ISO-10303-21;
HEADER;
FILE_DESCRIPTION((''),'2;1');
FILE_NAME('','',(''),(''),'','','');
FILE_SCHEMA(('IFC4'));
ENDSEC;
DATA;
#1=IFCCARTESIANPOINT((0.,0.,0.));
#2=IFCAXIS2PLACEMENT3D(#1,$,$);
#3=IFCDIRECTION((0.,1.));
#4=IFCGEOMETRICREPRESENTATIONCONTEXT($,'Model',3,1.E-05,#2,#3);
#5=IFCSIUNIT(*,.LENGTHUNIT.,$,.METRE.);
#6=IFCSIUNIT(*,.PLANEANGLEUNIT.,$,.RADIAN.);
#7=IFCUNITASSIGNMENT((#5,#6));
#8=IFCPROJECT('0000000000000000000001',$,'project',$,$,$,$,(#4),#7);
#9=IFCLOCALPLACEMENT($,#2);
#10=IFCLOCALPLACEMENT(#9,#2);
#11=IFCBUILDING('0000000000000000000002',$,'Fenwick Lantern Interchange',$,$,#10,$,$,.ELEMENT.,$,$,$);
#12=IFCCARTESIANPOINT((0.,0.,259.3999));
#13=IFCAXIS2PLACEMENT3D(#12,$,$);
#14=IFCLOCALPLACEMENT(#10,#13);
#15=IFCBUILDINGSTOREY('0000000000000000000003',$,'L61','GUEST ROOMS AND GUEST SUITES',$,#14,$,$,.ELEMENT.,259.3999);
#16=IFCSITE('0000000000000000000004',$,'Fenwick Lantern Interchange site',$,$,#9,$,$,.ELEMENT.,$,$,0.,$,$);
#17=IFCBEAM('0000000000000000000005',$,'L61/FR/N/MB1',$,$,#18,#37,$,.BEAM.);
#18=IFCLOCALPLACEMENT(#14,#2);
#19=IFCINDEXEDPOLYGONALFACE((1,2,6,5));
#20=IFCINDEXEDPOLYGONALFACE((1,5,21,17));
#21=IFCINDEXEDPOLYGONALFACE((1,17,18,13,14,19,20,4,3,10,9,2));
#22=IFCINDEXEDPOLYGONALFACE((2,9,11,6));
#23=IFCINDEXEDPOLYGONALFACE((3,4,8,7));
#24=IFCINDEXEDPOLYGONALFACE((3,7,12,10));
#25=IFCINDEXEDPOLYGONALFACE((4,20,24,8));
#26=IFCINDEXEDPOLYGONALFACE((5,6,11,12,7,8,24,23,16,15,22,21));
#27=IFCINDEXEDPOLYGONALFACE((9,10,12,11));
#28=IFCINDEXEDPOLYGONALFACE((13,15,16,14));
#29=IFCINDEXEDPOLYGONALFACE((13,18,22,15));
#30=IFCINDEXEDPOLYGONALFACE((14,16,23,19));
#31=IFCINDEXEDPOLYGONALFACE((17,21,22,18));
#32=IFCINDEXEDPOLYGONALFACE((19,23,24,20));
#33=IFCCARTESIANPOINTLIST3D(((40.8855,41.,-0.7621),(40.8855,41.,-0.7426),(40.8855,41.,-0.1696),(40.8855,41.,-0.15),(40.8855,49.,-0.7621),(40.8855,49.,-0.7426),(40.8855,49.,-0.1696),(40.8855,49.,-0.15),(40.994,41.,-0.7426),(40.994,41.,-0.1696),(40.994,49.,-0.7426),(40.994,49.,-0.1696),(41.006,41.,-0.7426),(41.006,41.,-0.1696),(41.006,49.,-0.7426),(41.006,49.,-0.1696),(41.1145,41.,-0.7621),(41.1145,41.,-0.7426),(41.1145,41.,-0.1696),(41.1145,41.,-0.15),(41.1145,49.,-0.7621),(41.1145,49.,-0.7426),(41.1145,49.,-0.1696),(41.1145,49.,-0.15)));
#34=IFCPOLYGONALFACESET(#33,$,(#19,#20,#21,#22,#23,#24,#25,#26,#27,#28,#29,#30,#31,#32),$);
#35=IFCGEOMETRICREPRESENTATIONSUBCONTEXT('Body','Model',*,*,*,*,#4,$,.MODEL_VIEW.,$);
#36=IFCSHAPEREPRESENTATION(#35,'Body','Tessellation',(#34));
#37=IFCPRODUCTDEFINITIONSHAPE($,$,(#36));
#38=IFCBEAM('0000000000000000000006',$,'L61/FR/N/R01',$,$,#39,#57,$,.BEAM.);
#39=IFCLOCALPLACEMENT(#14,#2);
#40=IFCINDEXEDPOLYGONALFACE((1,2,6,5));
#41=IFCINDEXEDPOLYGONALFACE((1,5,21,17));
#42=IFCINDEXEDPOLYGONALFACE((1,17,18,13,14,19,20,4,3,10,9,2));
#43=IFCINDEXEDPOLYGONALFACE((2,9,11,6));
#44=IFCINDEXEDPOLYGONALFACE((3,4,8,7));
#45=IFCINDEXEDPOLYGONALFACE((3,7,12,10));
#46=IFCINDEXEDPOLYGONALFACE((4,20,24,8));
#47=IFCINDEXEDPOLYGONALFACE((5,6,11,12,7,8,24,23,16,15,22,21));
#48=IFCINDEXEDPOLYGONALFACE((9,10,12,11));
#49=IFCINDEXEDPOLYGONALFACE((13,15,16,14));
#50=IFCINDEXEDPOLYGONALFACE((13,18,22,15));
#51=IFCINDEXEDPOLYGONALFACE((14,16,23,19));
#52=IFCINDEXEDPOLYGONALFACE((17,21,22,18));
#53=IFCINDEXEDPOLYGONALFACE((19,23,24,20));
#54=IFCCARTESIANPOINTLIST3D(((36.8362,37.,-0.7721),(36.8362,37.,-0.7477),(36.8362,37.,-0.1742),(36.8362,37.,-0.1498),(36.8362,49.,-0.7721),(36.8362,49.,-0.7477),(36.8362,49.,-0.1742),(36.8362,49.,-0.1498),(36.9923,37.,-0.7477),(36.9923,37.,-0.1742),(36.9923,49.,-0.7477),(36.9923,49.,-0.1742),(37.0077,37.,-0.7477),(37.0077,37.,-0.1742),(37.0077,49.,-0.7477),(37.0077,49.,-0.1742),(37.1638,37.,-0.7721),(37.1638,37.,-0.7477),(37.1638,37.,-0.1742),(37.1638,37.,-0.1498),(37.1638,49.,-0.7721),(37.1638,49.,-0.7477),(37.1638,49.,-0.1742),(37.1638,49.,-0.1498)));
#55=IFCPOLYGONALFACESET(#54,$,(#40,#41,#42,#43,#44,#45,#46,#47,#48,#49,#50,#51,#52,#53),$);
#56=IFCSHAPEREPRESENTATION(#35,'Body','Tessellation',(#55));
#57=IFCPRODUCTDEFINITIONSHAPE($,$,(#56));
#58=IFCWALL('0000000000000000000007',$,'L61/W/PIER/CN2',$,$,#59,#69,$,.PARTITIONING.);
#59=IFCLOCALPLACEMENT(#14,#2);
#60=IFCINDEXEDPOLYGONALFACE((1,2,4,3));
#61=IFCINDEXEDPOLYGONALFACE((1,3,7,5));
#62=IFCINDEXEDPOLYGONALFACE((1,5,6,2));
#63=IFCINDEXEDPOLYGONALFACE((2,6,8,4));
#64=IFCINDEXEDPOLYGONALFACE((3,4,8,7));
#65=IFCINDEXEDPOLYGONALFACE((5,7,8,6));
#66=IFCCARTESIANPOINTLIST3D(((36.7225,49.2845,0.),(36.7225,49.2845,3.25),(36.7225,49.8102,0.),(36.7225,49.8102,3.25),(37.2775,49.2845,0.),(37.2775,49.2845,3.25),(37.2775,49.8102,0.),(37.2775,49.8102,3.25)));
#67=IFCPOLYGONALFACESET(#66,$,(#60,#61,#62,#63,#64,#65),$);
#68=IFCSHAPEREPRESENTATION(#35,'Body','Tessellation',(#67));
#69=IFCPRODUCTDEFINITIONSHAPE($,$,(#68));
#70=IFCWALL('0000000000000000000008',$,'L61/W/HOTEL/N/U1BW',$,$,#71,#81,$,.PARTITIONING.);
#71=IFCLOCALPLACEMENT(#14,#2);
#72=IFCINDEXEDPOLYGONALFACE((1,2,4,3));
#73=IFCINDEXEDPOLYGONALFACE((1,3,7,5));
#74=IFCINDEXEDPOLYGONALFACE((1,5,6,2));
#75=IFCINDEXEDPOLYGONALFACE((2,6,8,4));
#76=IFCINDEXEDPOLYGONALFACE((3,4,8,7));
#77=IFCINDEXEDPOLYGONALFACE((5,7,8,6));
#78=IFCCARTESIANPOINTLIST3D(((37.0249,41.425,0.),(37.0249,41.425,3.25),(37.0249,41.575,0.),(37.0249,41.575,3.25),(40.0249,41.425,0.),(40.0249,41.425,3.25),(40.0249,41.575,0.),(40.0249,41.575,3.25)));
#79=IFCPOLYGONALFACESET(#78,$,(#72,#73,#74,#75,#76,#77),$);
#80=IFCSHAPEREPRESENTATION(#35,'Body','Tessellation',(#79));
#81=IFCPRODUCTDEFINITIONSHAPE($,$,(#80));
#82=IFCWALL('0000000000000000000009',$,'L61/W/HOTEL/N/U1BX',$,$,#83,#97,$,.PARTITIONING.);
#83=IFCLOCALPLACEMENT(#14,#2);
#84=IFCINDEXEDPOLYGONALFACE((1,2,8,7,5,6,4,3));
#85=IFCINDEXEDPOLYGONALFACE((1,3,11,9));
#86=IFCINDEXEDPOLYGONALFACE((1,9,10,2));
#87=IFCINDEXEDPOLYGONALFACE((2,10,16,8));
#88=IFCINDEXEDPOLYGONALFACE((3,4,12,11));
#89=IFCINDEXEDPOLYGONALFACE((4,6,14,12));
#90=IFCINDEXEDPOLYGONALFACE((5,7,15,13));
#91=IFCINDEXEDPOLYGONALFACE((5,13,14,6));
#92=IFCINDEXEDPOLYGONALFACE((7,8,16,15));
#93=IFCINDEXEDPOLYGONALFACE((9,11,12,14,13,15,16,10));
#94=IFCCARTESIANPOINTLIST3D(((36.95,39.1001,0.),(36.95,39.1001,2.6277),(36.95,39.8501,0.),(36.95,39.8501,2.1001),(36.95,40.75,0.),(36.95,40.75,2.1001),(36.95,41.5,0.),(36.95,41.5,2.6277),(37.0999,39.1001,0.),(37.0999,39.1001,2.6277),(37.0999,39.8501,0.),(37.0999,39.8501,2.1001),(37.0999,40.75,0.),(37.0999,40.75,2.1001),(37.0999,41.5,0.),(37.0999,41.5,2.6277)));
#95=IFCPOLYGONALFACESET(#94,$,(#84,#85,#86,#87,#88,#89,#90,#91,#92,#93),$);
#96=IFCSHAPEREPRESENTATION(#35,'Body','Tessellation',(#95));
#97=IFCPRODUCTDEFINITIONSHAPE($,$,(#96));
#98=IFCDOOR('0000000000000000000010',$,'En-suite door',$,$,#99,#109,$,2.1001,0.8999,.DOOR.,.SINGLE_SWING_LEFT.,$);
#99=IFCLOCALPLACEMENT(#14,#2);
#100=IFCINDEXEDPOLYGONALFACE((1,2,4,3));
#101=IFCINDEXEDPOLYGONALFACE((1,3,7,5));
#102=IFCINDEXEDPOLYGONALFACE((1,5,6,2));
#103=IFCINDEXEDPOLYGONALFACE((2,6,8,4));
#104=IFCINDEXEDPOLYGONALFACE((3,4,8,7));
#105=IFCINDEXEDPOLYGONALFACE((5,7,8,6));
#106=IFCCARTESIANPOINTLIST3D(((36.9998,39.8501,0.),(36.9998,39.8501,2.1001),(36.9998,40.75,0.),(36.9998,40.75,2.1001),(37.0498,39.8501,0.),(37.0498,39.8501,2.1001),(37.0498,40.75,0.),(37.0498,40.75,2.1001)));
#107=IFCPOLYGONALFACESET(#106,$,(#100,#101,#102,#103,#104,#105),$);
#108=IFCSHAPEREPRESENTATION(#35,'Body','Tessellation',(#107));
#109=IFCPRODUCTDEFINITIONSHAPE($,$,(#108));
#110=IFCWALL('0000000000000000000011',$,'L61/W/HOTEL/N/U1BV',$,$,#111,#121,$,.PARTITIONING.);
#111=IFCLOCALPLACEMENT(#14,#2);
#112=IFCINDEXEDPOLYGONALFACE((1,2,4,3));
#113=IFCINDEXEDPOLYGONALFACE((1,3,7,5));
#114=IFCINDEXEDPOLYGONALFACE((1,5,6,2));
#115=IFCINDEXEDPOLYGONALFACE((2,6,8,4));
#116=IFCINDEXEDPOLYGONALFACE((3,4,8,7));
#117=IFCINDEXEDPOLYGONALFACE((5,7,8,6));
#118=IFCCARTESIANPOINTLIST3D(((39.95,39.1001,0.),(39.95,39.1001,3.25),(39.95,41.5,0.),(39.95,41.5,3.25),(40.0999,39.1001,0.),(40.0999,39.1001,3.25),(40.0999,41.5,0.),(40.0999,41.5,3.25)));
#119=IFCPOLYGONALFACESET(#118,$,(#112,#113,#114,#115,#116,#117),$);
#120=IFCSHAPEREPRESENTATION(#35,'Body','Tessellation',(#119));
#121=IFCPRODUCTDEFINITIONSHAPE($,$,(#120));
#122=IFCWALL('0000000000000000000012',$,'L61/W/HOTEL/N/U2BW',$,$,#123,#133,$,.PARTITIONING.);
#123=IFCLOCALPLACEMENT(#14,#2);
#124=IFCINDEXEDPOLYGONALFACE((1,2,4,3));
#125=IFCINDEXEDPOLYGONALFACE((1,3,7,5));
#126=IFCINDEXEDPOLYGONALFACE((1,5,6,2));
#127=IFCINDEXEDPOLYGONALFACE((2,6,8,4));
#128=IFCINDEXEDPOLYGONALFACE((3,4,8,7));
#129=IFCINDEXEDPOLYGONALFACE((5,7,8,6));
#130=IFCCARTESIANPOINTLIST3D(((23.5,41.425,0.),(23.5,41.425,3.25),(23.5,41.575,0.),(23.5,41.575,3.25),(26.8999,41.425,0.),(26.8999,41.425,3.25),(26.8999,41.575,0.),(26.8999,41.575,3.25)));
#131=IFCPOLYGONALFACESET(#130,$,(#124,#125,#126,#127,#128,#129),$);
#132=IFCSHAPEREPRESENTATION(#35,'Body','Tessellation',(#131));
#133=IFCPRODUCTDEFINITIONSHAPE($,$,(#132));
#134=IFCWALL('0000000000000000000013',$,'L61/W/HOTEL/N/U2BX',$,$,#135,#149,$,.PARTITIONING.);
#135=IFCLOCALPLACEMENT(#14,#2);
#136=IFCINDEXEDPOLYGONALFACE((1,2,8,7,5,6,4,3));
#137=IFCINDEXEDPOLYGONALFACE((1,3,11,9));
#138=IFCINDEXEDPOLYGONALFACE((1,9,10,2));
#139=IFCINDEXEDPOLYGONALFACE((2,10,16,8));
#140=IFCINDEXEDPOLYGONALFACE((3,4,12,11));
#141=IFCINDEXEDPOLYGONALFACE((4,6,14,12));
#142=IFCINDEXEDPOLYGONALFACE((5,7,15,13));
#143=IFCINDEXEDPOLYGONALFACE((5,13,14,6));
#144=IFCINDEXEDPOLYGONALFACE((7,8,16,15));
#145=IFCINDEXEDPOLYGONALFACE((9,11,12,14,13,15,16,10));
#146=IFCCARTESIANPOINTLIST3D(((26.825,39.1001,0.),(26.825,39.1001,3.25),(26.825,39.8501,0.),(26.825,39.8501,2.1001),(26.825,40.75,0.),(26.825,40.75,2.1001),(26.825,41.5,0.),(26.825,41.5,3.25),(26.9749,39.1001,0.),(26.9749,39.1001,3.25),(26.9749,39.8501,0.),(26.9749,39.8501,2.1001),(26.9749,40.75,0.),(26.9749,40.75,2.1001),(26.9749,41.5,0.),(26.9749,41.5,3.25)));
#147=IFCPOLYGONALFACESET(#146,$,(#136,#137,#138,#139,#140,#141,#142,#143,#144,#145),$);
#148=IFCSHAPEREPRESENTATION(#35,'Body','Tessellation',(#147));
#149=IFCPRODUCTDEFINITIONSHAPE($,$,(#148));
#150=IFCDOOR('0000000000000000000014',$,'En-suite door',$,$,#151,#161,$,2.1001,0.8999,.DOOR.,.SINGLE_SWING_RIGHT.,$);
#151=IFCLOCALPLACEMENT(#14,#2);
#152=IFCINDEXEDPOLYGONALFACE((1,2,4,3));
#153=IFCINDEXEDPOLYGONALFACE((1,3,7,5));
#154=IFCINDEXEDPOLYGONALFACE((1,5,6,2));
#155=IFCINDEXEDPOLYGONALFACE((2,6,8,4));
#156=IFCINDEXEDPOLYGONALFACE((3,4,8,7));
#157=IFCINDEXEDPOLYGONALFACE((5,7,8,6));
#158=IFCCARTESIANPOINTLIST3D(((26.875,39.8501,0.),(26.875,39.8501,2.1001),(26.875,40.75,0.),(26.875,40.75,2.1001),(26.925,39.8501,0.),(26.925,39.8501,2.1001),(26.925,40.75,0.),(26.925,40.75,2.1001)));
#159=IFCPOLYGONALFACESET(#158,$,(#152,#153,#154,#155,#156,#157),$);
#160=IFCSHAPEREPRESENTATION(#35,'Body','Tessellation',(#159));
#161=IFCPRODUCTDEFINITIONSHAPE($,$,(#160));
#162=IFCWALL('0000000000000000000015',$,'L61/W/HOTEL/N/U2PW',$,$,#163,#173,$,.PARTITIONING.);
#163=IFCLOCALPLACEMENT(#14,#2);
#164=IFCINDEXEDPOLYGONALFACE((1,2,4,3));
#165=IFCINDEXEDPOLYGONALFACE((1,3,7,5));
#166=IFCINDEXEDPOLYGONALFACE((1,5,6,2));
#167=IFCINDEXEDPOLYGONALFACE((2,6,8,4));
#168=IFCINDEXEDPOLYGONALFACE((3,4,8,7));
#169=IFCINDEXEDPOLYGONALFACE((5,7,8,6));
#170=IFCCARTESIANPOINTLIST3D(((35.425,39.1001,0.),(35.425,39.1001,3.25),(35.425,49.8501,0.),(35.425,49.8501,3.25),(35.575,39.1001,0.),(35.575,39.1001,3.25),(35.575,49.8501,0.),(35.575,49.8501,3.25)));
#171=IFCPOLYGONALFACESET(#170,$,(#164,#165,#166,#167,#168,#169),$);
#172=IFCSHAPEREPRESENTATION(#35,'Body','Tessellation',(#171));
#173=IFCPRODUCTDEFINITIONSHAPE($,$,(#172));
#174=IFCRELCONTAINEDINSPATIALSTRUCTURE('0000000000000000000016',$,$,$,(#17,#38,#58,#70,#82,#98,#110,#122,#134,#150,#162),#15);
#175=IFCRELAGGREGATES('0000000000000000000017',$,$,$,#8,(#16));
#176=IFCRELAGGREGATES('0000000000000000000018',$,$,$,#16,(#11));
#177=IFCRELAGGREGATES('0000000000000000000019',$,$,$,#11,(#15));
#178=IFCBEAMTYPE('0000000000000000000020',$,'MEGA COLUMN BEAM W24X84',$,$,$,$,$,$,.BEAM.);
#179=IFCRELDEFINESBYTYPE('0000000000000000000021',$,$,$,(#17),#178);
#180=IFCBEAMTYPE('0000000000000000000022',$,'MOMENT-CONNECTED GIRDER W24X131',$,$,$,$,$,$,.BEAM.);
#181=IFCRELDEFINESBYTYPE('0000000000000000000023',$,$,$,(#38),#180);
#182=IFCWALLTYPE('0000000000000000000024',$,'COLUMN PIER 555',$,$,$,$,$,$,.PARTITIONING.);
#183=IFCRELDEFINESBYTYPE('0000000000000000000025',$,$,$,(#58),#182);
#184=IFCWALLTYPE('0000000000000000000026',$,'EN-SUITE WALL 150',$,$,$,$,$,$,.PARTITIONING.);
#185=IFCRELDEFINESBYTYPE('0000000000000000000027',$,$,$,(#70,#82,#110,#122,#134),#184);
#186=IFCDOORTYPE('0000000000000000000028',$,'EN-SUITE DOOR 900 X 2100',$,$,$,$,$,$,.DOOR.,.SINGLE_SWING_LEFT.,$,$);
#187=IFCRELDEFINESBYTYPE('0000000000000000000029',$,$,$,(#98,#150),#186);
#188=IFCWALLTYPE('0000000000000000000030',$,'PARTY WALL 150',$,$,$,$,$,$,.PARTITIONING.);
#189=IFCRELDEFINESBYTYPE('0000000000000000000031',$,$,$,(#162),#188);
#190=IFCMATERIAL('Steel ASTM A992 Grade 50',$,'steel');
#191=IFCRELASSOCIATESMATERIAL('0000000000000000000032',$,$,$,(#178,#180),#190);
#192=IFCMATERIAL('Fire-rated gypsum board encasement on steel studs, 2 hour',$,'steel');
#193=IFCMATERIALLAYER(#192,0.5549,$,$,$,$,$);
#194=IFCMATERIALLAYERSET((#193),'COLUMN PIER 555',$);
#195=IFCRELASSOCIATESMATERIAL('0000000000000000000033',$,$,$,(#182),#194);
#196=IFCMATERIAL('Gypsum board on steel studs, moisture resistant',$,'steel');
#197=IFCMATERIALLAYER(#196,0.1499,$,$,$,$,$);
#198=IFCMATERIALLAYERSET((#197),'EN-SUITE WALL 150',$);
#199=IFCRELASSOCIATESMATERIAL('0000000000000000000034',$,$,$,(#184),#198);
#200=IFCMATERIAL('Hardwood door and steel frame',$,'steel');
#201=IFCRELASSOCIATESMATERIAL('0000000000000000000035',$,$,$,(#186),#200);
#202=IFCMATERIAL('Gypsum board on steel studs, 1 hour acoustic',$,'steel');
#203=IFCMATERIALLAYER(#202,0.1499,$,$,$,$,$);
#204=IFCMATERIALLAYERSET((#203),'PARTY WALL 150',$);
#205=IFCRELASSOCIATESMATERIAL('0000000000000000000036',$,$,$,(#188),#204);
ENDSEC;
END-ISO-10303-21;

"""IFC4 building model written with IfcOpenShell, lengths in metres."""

from ifc_helpers import new_model, si_unit, direction, frame, frame_2d, origin, origin_2d, place, context, subcontext, project, spatial, rectangle, i_section, extrude, material, layer, layer_set, material_profile, profile_set, type_object, element, fill, save


model = new_model("IFC4")

# Units and contexts
model_context = context("Model", 3, precision=1e-05, world=origin(), true_north=direction((0.0, 1.0)))
body_context = subcontext(model_context, "Body", "Model", "MODEL_VIEW")
ifc_project = project(units=[si_unit("LENGTHUNIT", "METRE"), si_unit("PLANEANGLEUNIT", "RADIAN")], contexts=[model_context])

# Site, building, storey
site_placement = place(None, origin())
site = spatial("IfcSite", under=ifc_project, at=site_placement, Name="Fenwick Lantern Interchange site", CompositionType="ELEMENT", RefElevation=0.0)
building_placement = place(site_placement, origin())
building = spatial("IfcBuilding", under=site, at=building_placement, Name="Fenwick Lantern Interchange", CompositionType="ELEMENT")
storey_placement = place(building_placement, frame((0.0, 0.0, 259.3999)))
storey = spatial("IfcBuildingStorey", under=building, at=storey_placement, Name="L61", Description="GUEST ROOMS AND GUEST SUITES", CompositionType="ELEMENT", Elevation=259.3999)

# Shared definitions
ifc_material_1 = material(Name="Steel ASTM A992 Grade 50", Category="steel")

# Beams
ifc_material_profile_1 = material_profile(ifc_material_1, i_section(OverallWidth=0.229, OverallDepth=0.6121, WebThickness=0.012, FlangeThickness=0.0195, at=origin_2d()), Name="W24X84")
ifc_profile_set_1 = profile_set([ifc_material_profile_1], Name="Steel ASTM A992 Grade 50")
beam_type_1 = type_object("IfcBeamType", Name="MEGA COLUMN BEAM W24X84", PredefinedType="BEAM", material=ifc_profile_set_1)
beam_1_placement = place(storey_placement, frame((41.0, 41.0, -0.4561), z_axis=(0.0, 1.0, 0.0), x_axis=(-1.0, 0.0, 0.0)))
element("IfcBeam", 1, at=beam_1_placement, inside=storey, type_object=beam_type_1, Name="L61/FR/N/MB1", PredefinedType="BEAM", context=body_context, shape_type="SweptSolid", body=[
    extrude(i_section(OverallWidth=0.229, OverallDepth=0.6121, WebThickness=0.012, FlangeThickness=0.0195, at=origin_2d()), origin(), (0.0, 0.0, 1.0), 8.0),
])
ifc_material_profile_2 = material_profile(ifc_material_1, i_section(OverallWidth=0.3276, OverallDepth=0.6223, WebThickness=0.0154, FlangeThickness=0.0244, at=origin_2d()), Name="W24X131")
ifc_profile_set_2 = profile_set([ifc_material_profile_2], Name="Steel ASTM A992 Grade 50")
beam_type_2 = type_object("IfcBeamType", Name="MOMENT-CONNECTED GIRDER W24X131", PredefinedType="BEAM", material=ifc_profile_set_2)
beam_2_placement = place(storey_placement, frame((37.0, 49.0, -0.4609), z_axis=(0.0, -1.0, 0.0), x_axis=(1.0, 0.0, 0.0)))
element("IfcBeam", 2, at=beam_2_placement, inside=storey, type_object=beam_type_2, Name="L61/FR/N/R01", PredefinedType="BEAM", context=body_context, shape_type="SweptSolid", body=[
    extrude(i_section(OverallWidth=0.3276, OverallDepth=0.6223, WebThickness=0.0154, FlangeThickness=0.0244, at=origin_2d()), origin(), (0.0, 0.0, 1.0), 12.0),
])

# Walls
ifc_material_2 = material(Name="Fire-rated gypsum board encasement on steel studs, 2 hour", Category="steel")
ifc_layer_1 = layer(ifc_material_2, 0.5549)
ifc_layer_set_1 = layer_set([ifc_layer_1], Name="COLUMN PIER 555")
wall_type_1 = type_object("IfcWallType", Name="COLUMN PIER 555", PredefinedType="PARTITIONING", material=ifc_layer_set_1)
wall_1_placement = place(storey_placement, frame((37.0, 49.8101, 0.0), z_axis=(0.0, 0.0, 1.0), x_axis=(0.0, -1.0, 0.0)))
element("IfcWall", 3, at=wall_1_placement, inside=storey, type_object=wall_type_1, Name="L61/W/PIER/CN2", PredefinedType="PARTITIONING", context=body_context, shape_type="SweptSolid", body=[
    extrude(rectangle(XDim=0.5256, YDim=0.5549, at=frame_2d((0.2627, 0.0))), origin(), (0.0, 0.0, 1.0), 3.25),
])
ifc_material_3 = material(Name="Gypsum board on steel studs, moisture resistant", Category="steel")
ifc_layer_2 = layer(ifc_material_3, 0.1499)
ifc_layer_set_2 = layer_set([ifc_layer_2], Name="EN-SUITE WALL 150")
wall_type_2 = type_object("IfcWallType", Name="EN-SUITE WALL 150", PredefinedType="PARTITIONING", material=ifc_layer_set_2)
wall_2_placement = place(storey_placement, frame((40.0249, 41.5, 0.0), z_axis=(0.0, 0.0, 1.0), x_axis=(-1.0, 0.0, 0.0)))
element("IfcWall", 4, at=wall_2_placement, inside=storey, type_object=wall_type_2, Name="L61/W/HOTEL/N/U1BW", PredefinedType="PARTITIONING", context=body_context, shape_type="SweptSolid", body=[
    extrude(rectangle(XDim=3.0, YDim=0.1499, at=frame_2d((1.5, 0.0))), origin(), (0.0, 0.0, 1.0), 3.25),
])

# Wall, opening, door
wall_3_placement = place(storey_placement, frame((37.0249, 41.5, 0.0), z_axis=(0.0, 0.0, 1.0), x_axis=(0.0, -1.0, 0.0)))
wall_3 = element("IfcWall", 5, at=wall_3_placement, inside=storey, type_object=wall_type_2, Name="L61/W/HOTEL/N/U1BX", PredefinedType="PARTITIONING", context=body_context, shape_type="SweptSolid", body=[
    extrude(rectangle(XDim=2.3999, YDim=0.1499, at=frame_2d((1.2, 0.0))), origin(), (0.0, 0.0, 1.0), 2.6277),
])
opening_1_placement = place(wall_3_placement, frame((0.75, 0.0, 0.0)))
opening_1 = element("IfcOpeningElement", 6, at=opening_1_placement, cuts=wall_3, PredefinedType="OPENING", context=body_context, shape_type="SweptSolid", body=[
    extrude(rectangle(XDim=0.8999, YDim=2.1001, at=frame_2d((0.45, 1.05))), frame((0.0, 0.085, 0.0), z_axis=(0.0, -1.0, 0.0), x_axis=(1.0, 0.0, 0.0)), (0.0, 0.0, 1.0), 0.1699),
])
ifc_material_4 = material(Name="Hardwood door and steel frame", Category="steel")
door_type = type_object("IfcDoorType", Name="EN-SUITE DOOR 900 X 2100", OperationType="SINGLE_SWING_LEFT", PredefinedType="DOOR", material=ifc_material_4)
door_1_placement = place(opening_1_placement, origin())
door_1 = element("IfcDoor", 7, at=door_1_placement, inside=storey, type_object=door_type, Name="En-suite door", OperationType="SINGLE_SWING_LEFT", OverallHeight=2.1001, OverallWidth=0.8999, PredefinedType="DOOR", context=body_context, shape_type="SweptSolid", body=[
    extrude(rectangle(XDim=0.8999, YDim=2.1001, at=frame_2d((0.45, 1.05))), frame((0.0, 0.0249, 0.0), z_axis=(0.0, -1.0, 0.0), x_axis=(1.0, 0.0, 0.0)), (0.0, 0.0, 1.0), 0.05),
])
fill(opening_1, door_1)

# Walls
wall_4_placement = place(storey_placement, frame((40.0249, 41.5, 0.0), z_axis=(0.0, 0.0, 1.0), x_axis=(0.0, -1.0, 0.0)))
element("IfcWall", 8, at=wall_4_placement, inside=storey, type_object=wall_type_2, Name="L61/W/HOTEL/N/U1BV", PredefinedType="PARTITIONING", context=body_context, shape_type="SweptSolid", body=[
    extrude(rectangle(XDim=2.3999, YDim=0.1499, at=frame_2d((1.2, 0.0))), origin(), (0.0, 0.0, 1.0), 3.25),
])
wall_5_placement = place(storey_placement, frame((26.8999, 41.5, 0.0), z_axis=(0.0, 0.0, 1.0), x_axis=(-1.0, 0.0, 0.0)))
element("IfcWall", 9, at=wall_5_placement, inside=storey, type_object=wall_type_2, Name="L61/W/HOTEL/N/U2BW", PredefinedType="PARTITIONING", context=body_context, shape_type="SweptSolid", body=[
    extrude(rectangle(XDim=3.3999, YDim=0.1499, at=frame_2d((1.7, 0.0))), origin(), (0.0, 0.0, 1.0), 3.25),
])

# Wall, opening, door
wall_6_placement = place(storey_placement, frame((26.8999, 41.5, 0.0), z_axis=(0.0, 0.0, 1.0), x_axis=(0.0, -1.0, 0.0)))
wall_6 = element("IfcWall", 10, at=wall_6_placement, inside=storey, type_object=wall_type_2, Name="L61/W/HOTEL/N/U2BX", PredefinedType="PARTITIONING", context=body_context, shape_type="SweptSolid", body=[
    extrude(rectangle(XDim=2.3999, YDim=0.1499, at=frame_2d((1.2, 0.0))), origin(), (0.0, 0.0, 1.0), 3.25),
])
opening_2_placement = place(wall_6_placement, frame((0.75, 0.0, 0.0)))
opening_2 = element("IfcOpeningElement", 11, at=opening_2_placement, cuts=wall_6, PredefinedType="OPENING", context=body_context, shape_type="SweptSolid", body=[
    extrude(rectangle(XDim=0.8999, YDim=2.1001, at=frame_2d((0.45, 1.05))), frame((0.0, 0.085, 0.0), z_axis=(0.0, -1.0, 0.0), x_axis=(1.0, 0.0, 0.0)), (0.0, 0.0, 1.0), 0.1699),
])
door_2_placement = place(opening_2_placement, frame((0.8999, 0.0, 0.0), z_axis=(0.0, 0.0, 1.0), x_axis=(-1.0, 0.0, 0.0)))
door_2 = element("IfcDoor", 12, at=door_2_placement, inside=storey, type_object=door_type, Name="En-suite door", OperationType="SINGLE_SWING_RIGHT", OverallHeight=2.1001, OverallWidth=0.8999, PredefinedType="DOOR", context=body_context, shape_type="SweptSolid", body=[
    extrude(rectangle(XDim=0.8999, YDim=2.1001, at=frame_2d((0.45, 1.05))), frame((0.0, 0.0249, 0.0), z_axis=(0.0, -1.0, 0.0), x_axis=(1.0, 0.0, 0.0)), (0.0, 0.0, 1.0), 0.05),
])
fill(opening_2, door_2)

# Wall
ifc_material_5 = material(Name="Gypsum board on steel studs, 1 hour acoustic", Category="steel")
ifc_layer_3 = layer(ifc_material_5, 0.1499)
ifc_layer_set_3 = layer_set([ifc_layer_3], Name="PARTY WALL 150")
wall_type_3 = type_object("IfcWallType", Name="PARTY WALL 150", PredefinedType="PARTITIONING", material=ifc_layer_set_3)
wall_7_placement = place(storey_placement, frame((35.5, 49.8501, 0.0), z_axis=(0.0, 0.0, 1.0), x_axis=(0.0, -1.0, 0.0)))
element("IfcWall", 13, at=wall_7_placement, inside=storey, type_object=wall_type_3, Name="L61/W/HOTEL/N/U2PW", PredefinedType="PARTITIONING", context=body_context, shape_type="SweptSolid", body=[
    extrude(rectangle(XDim=10.75, YDim=0.1499, at=frame_2d((5.375, 0.0))), origin(), (0.0, 0.0, 1.0), 3.25),
])

save(model, "model.ifc")
